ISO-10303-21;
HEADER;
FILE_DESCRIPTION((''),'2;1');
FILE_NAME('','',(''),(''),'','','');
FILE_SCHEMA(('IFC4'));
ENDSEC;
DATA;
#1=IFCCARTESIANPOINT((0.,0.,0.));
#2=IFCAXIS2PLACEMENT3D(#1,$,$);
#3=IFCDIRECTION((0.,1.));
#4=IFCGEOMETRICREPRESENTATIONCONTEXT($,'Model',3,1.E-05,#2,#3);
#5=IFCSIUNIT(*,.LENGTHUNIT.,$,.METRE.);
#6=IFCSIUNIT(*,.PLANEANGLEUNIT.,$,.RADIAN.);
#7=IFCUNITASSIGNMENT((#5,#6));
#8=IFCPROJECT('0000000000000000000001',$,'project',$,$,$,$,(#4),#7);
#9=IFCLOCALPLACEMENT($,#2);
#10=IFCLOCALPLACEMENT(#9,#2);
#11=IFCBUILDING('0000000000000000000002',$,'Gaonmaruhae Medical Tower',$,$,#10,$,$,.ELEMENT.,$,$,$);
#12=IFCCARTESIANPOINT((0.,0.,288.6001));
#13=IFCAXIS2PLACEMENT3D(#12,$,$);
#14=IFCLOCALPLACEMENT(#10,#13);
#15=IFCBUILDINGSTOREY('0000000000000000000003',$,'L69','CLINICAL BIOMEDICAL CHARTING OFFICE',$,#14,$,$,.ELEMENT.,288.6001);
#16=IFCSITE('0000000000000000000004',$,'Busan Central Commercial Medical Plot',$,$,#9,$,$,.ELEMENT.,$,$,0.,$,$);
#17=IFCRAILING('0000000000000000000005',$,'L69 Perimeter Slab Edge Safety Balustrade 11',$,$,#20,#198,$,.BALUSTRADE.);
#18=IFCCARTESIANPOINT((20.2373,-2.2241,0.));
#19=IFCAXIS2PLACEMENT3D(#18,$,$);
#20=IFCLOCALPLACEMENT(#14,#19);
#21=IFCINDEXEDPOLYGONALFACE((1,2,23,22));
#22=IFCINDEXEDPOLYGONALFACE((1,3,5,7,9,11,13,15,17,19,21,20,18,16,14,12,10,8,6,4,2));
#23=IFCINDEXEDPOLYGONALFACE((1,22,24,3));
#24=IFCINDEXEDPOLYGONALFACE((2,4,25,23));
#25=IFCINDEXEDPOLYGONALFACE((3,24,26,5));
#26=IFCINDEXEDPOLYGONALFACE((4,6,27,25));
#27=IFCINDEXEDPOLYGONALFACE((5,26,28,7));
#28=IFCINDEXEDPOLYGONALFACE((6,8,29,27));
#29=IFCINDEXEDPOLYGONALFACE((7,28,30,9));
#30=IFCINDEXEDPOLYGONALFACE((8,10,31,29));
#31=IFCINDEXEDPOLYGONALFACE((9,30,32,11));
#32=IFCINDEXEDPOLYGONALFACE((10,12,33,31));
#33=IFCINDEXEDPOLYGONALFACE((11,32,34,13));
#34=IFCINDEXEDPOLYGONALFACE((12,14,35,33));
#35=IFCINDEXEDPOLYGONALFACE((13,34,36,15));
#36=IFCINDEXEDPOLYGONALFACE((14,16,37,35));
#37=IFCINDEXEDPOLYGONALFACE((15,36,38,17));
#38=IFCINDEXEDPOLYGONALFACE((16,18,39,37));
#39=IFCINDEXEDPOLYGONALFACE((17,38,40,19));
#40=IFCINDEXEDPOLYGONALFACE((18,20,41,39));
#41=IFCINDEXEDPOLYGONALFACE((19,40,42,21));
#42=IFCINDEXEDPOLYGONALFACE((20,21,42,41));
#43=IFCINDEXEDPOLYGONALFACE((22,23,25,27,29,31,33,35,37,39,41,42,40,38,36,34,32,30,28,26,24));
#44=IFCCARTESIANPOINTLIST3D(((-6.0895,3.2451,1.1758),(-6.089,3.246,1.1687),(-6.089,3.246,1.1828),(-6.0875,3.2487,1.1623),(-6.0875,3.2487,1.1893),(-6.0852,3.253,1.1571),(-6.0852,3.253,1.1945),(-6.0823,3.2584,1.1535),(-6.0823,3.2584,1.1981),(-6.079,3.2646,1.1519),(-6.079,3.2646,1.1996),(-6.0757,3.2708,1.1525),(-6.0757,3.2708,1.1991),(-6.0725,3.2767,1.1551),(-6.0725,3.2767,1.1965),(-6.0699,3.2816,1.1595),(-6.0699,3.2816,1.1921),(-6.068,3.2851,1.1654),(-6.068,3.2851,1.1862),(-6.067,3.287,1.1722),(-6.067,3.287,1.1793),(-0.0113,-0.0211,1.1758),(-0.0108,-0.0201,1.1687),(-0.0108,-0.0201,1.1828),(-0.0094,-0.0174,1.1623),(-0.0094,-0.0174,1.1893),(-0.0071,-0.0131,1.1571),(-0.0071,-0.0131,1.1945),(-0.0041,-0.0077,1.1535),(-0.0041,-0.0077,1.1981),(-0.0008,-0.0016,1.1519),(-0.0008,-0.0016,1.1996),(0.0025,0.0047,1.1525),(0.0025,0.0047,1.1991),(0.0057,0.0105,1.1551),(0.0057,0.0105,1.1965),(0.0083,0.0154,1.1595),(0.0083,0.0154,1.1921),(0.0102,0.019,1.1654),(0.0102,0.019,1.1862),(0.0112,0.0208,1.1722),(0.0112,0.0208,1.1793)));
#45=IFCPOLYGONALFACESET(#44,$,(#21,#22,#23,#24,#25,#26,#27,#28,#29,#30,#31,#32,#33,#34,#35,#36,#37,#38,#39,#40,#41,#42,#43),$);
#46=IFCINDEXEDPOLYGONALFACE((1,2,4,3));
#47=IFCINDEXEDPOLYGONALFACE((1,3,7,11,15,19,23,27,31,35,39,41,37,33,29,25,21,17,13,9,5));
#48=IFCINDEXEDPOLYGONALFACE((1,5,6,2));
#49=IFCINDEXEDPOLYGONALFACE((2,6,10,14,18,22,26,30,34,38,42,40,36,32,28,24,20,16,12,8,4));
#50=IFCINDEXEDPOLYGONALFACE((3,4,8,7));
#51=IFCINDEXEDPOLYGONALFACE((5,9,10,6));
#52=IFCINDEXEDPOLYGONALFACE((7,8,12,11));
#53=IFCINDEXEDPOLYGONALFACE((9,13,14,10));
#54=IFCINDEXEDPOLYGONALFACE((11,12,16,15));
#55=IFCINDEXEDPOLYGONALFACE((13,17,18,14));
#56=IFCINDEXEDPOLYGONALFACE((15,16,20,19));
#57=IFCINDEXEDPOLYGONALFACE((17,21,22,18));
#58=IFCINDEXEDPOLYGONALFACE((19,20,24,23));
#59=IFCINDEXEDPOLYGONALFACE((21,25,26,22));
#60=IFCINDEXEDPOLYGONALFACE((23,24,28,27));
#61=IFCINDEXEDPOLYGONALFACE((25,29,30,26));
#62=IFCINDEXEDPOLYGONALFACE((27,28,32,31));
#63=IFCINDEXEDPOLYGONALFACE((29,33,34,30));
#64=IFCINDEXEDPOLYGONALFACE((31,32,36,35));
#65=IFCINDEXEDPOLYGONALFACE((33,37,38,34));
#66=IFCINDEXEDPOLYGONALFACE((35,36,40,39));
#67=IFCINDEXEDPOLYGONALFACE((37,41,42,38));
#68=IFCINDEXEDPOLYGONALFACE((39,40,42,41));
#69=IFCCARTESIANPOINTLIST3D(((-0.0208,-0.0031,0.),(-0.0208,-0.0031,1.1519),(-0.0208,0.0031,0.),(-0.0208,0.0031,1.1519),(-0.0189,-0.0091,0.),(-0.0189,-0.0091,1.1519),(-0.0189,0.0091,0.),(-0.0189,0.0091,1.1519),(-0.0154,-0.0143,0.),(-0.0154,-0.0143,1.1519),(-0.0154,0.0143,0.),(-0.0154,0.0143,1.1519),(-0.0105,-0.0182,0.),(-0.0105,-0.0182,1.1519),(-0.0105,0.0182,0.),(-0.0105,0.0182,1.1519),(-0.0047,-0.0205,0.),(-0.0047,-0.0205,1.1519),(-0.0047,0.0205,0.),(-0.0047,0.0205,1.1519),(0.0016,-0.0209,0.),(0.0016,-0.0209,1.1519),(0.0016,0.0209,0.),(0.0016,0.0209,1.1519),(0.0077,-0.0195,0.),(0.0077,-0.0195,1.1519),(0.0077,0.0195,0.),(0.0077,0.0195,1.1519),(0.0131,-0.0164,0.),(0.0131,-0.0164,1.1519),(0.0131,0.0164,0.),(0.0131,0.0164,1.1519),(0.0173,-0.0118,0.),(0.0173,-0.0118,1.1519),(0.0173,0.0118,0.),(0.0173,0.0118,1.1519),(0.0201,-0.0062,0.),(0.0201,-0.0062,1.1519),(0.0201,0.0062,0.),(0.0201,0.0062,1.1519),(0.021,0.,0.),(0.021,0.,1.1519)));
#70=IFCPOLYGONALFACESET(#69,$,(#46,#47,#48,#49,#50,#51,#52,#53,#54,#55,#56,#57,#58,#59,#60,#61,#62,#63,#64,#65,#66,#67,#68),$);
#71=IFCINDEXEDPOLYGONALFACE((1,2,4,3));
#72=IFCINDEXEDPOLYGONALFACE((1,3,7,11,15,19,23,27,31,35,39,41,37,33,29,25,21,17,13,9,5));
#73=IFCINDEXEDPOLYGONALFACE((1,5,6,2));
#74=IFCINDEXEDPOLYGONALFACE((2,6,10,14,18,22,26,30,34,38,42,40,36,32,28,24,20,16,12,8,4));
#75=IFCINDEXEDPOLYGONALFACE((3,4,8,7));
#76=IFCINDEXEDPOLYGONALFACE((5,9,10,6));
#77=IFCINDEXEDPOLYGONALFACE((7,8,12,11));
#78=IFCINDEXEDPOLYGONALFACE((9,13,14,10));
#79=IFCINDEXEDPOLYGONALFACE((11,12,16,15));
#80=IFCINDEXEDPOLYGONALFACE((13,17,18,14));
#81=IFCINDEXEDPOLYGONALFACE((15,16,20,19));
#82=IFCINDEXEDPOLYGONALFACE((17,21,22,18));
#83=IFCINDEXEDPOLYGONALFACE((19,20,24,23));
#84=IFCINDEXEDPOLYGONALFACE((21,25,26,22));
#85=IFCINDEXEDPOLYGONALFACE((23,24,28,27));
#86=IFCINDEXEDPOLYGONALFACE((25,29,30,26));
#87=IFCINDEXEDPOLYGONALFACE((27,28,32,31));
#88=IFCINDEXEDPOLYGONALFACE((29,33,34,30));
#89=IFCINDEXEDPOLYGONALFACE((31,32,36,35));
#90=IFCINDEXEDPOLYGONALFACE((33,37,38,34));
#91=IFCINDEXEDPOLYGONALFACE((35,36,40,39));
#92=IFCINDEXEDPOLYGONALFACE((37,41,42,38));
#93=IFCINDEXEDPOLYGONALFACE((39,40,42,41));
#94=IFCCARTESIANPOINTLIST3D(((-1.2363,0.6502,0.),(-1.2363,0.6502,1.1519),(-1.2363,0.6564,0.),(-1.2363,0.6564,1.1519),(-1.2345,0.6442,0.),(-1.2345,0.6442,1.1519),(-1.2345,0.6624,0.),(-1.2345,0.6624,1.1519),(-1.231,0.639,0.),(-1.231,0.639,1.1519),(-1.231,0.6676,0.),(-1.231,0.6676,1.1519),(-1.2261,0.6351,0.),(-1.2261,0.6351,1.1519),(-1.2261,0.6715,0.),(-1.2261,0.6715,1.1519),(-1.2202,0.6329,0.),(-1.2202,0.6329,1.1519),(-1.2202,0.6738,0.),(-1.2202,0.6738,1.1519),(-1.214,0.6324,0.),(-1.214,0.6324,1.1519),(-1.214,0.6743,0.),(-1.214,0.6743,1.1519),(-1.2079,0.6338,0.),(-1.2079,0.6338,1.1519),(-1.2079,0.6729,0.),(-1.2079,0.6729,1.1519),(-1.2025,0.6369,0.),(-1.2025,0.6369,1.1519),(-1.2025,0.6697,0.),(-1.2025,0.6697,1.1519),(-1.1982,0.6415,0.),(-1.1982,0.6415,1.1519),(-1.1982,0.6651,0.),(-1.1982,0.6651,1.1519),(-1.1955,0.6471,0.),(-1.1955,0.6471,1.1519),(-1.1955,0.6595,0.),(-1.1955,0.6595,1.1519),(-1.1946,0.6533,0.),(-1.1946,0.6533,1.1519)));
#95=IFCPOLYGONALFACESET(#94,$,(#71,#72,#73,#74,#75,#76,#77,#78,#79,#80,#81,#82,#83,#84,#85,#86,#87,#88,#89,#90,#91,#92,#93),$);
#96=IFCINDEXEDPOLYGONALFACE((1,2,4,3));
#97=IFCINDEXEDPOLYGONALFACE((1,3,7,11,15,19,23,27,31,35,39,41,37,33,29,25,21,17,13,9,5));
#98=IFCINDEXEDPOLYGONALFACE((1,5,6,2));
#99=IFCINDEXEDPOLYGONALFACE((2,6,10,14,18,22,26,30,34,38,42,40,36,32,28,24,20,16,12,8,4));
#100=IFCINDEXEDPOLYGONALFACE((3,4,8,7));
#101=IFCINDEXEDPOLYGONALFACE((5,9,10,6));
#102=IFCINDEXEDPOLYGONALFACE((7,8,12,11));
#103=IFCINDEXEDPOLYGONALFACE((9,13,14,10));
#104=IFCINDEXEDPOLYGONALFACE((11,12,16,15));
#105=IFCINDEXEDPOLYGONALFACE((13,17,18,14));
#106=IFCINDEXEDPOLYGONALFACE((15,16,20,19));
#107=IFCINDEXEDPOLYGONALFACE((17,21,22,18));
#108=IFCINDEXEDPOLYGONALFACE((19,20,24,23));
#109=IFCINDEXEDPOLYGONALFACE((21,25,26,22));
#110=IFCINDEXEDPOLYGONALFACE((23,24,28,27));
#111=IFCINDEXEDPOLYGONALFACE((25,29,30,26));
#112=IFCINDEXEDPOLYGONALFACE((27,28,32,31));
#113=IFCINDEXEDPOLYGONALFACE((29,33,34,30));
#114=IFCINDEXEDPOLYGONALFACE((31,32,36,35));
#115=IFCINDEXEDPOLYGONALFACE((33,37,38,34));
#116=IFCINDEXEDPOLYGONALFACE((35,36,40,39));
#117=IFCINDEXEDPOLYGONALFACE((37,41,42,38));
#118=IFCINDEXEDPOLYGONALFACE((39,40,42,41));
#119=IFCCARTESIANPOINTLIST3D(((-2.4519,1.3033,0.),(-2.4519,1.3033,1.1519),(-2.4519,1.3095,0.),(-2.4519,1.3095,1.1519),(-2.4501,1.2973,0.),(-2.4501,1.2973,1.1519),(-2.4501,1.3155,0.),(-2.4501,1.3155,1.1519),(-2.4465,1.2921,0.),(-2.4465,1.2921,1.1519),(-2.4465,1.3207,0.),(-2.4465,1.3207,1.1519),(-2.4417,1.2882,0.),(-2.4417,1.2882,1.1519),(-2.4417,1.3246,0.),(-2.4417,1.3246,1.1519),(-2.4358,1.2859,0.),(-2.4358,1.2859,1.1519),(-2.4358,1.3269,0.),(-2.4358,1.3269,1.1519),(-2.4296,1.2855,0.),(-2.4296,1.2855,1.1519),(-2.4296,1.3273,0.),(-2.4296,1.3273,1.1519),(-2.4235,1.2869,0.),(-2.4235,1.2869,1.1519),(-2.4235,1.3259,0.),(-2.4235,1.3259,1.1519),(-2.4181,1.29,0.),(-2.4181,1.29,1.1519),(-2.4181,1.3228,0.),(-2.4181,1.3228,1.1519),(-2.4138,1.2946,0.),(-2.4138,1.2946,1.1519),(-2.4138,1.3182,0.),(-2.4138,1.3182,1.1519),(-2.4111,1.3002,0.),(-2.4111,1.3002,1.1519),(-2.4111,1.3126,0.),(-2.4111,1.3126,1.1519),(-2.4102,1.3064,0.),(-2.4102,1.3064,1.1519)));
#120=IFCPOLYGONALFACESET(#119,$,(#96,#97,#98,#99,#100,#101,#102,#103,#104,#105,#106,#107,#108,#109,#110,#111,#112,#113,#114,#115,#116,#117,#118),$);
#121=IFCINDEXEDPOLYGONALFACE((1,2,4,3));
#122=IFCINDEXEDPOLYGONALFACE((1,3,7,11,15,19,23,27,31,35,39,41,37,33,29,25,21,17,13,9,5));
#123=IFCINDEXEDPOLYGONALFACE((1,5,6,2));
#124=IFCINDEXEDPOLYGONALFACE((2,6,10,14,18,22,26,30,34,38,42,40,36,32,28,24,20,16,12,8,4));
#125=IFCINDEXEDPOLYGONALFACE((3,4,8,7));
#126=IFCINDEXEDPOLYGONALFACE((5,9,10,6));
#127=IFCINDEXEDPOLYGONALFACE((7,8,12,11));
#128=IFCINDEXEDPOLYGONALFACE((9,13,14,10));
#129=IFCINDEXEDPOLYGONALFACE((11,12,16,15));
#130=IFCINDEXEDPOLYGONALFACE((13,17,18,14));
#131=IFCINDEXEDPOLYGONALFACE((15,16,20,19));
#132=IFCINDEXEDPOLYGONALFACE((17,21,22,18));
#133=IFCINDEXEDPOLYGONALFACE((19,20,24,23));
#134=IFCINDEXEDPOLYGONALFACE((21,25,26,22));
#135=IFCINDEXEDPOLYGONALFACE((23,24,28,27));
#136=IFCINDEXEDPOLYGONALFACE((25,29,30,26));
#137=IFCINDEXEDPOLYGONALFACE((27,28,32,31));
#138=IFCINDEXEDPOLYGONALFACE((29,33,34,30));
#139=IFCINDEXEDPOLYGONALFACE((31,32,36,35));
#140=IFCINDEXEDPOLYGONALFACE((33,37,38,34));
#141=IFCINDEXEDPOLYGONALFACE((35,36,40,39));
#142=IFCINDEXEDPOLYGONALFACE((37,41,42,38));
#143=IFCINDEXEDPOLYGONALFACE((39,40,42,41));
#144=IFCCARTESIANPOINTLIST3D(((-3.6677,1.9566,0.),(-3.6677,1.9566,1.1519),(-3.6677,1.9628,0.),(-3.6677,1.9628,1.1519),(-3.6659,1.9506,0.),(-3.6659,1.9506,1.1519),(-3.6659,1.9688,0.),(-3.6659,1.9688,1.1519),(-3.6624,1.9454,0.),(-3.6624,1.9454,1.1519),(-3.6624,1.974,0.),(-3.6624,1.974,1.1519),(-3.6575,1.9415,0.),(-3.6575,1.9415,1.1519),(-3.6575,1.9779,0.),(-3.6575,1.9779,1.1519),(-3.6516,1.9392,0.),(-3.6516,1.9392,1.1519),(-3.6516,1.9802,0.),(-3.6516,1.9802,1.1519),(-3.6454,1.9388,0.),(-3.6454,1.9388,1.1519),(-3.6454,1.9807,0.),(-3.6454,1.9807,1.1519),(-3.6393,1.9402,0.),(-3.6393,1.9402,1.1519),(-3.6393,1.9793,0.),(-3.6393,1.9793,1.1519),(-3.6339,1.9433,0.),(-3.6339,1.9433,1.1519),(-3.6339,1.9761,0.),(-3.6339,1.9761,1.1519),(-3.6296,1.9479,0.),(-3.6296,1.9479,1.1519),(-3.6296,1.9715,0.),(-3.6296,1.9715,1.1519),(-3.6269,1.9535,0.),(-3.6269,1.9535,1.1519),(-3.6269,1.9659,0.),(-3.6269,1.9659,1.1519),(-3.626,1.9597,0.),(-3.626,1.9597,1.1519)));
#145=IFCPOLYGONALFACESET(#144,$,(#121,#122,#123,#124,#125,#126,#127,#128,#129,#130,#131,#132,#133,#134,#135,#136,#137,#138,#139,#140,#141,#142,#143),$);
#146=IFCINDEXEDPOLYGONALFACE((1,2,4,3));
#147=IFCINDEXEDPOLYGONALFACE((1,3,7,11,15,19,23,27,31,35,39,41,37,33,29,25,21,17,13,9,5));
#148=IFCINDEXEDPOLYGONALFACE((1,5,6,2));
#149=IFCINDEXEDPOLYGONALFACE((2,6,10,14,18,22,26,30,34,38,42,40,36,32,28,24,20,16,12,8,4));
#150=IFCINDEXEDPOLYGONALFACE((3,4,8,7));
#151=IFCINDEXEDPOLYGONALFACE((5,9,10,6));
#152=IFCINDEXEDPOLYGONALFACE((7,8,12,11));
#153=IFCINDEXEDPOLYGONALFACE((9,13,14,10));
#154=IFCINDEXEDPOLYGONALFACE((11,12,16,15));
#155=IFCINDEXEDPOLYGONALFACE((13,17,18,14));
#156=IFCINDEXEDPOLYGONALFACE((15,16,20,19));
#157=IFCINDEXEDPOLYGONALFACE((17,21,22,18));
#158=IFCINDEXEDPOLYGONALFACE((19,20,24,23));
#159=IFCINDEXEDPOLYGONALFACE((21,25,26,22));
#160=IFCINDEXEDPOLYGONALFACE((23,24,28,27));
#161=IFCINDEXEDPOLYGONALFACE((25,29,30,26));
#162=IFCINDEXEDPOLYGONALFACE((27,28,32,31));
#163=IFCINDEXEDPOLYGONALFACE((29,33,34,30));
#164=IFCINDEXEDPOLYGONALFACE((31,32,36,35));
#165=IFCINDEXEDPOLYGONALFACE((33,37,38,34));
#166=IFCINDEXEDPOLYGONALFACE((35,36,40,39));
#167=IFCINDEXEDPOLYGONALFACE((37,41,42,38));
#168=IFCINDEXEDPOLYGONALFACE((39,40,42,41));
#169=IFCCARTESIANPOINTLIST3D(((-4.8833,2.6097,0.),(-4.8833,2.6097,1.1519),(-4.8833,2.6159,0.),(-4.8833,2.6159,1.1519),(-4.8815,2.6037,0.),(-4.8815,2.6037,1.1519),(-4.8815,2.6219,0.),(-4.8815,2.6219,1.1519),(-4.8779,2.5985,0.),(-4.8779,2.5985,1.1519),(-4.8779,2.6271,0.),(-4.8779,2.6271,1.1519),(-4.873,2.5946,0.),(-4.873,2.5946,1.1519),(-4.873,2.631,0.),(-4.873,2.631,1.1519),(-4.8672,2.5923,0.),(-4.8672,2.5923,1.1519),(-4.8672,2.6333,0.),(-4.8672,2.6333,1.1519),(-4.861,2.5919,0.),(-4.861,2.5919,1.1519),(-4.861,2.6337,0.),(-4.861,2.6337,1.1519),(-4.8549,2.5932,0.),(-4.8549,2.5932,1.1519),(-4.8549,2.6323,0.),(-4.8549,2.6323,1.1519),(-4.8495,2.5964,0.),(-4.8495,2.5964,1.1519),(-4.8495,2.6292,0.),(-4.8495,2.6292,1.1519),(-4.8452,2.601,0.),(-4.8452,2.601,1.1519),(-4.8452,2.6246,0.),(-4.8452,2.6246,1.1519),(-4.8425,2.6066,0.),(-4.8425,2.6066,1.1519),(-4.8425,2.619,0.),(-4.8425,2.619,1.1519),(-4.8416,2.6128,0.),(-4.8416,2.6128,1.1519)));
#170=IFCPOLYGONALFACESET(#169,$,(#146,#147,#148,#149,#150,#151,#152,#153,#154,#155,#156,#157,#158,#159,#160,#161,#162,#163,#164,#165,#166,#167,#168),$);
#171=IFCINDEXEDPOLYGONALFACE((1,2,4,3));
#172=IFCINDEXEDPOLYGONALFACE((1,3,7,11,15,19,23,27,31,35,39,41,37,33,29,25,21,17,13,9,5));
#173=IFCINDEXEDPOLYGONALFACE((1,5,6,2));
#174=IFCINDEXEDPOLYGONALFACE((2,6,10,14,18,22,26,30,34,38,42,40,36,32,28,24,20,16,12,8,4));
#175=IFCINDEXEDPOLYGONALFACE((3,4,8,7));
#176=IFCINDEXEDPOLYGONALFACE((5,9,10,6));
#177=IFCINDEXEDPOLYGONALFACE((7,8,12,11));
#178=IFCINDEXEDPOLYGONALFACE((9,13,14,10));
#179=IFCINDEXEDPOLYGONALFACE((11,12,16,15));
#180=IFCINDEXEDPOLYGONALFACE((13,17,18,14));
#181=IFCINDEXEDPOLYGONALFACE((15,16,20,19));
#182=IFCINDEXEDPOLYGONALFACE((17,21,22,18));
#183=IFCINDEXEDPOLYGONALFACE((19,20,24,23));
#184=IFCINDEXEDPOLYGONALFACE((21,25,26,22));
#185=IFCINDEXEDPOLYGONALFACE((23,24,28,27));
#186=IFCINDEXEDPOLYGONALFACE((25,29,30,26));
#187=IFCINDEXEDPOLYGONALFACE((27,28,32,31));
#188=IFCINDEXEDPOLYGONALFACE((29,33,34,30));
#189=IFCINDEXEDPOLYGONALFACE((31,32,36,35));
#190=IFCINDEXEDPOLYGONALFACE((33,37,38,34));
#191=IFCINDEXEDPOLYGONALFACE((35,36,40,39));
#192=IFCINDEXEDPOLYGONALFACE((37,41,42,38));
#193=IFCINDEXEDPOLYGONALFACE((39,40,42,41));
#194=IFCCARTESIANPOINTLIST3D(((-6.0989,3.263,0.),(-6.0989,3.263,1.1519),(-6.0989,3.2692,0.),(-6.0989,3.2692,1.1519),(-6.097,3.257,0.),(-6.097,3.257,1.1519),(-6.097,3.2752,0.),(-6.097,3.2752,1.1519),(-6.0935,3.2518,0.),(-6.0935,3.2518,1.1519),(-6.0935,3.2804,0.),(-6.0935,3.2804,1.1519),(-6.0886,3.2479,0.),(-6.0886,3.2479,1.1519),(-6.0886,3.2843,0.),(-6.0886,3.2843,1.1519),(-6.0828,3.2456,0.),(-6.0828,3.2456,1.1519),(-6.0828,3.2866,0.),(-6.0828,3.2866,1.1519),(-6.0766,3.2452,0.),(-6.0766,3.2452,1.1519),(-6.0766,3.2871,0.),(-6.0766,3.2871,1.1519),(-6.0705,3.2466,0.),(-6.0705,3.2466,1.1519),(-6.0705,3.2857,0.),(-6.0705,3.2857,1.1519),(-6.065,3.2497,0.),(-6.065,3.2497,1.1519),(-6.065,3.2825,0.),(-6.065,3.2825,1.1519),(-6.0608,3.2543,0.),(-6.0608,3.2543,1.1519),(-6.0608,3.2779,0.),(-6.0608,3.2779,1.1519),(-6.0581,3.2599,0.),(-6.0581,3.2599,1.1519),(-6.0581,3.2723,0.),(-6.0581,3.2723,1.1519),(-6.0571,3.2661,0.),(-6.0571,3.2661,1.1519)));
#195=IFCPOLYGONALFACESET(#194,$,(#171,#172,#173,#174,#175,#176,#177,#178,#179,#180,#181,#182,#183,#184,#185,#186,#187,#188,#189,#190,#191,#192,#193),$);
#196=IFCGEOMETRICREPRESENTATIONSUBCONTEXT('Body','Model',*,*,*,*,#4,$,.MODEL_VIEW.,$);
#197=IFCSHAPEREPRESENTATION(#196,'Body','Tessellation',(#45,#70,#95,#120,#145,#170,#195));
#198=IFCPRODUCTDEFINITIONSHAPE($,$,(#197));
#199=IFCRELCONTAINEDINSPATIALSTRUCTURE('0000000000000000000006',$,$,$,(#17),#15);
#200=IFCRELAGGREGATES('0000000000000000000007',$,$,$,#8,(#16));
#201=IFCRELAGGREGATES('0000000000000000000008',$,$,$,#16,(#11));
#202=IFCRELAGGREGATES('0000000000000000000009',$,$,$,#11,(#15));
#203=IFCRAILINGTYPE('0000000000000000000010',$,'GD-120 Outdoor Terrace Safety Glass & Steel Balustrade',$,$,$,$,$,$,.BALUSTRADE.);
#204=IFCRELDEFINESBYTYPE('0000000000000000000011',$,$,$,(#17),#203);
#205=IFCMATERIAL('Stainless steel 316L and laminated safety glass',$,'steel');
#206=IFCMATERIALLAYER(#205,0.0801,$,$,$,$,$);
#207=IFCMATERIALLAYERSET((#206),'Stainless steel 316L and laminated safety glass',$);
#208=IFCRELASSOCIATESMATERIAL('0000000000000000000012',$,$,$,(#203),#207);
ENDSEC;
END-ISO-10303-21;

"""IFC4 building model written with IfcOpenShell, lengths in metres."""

from ifc_helpers import new_model, si_unit, direction, frame, origin, origin_2d, place, context, subcontext, project, spatial, circle, extrude, material, layer, layer_set, type_object, element, save


model = new_model("IFC4")

# Units and contexts
model_context = context("Model", 3, precision=1e-05, world=origin(), true_north=direction((0.0, 1.0)))
body_context = subcontext(model_context, "Body", "Model", "MODEL_VIEW")
ifc_project = project(units=[si_unit("LENGTHUNIT", "METRE"), si_unit("PLANEANGLEUNIT", "RADIAN")], contexts=[model_context])

# Site, building, storey
site_placement = place(None, origin())
site = spatial("IfcSite", under=ifc_project, at=site_placement, Name="Busan Central Commercial Medical Plot", CompositionType="ELEMENT", RefElevation=0.0)
building_placement = place(site_placement, origin())
building = spatial("IfcBuilding", under=site, at=building_placement, Name="Gaonmaruhae Medical Tower", CompositionType="ELEMENT")
storey_placement = place(building_placement, frame((0.0, 0.0, 288.6001)))
storey = spatial("IfcBuildingStorey", under=building, at=storey_placement, Name="L69", Description="CLINICAL BIOMEDICAL CHARTING OFFICE", CompositionType="ELEMENT", Elevation=288.6001)

# Railing
ifc_material_1 = material(Name="Stainless steel 316L and laminated safety glass", Category="steel")
ifc_layer_1 = layer(ifc_material_1, 0.0801)
ifc_layer_set_1 = layer_set([ifc_layer_1], Name="Stainless steel 316L and laminated safety glass")
railing_type = type_object("IfcRailingType", Name="GD-120 Outdoor Terrace Safety Glass & Steel Balustrade", PredefinedType="BALUSTRADE", material=ifc_layer_set_1)
railing_1_placement = place(storey_placement, frame((20.2373, -2.2241, 0.0)))
element("IfcRailing", 1, at=railing_1_placement, inside=storey, type_object=railing_type, Name="L69 Perimeter Slab Edge Safety Balustrade 11", PredefinedType="BALUSTRADE", context=body_context, shape_type="SweptSolid", body=[
    extrude(circle(Radius=0.0239, at=origin_2d()), frame((0.0, 0.0, 1.1758), z_axis=(-0.880878, 0.473344, 0.0), x_axis=(-0.473344, -0.880878, 0.0)), (0.0, 0.0, 1.0), 6.9001),
    extrude(circle(Radius=0.021, at=origin_2d()), origin(), (0.0, 0.0, 1.0), 1.1519),
    extrude(circle(Radius=0.021, at=origin_2d()), frame((-1.2156, 0.6533, 0.0)), (0.0, 0.0, 1.0), 1.1519),
    extrude(circle(Radius=0.021, at=origin_2d()), frame((-2.4312, 1.3064, 0.0)), (0.0, 0.0, 1.0), 1.1519),
    extrude(circle(Radius=0.021, at=origin_2d()), frame((-3.647, 1.9597, 0.0)), (0.0, 0.0, 1.0), 1.1519),
    extrude(circle(Radius=0.021, at=origin_2d()), frame((-4.8625, 2.6128, 0.0)), (0.0, 0.0, 1.0), 1.1519),
    extrude(circle(Radius=0.021, at=origin_2d()), frame((-6.0781, 3.2661, 0.0)), (0.0, 0.0, 1.0), 1.1519),
])

save(model, "model.ifc")
